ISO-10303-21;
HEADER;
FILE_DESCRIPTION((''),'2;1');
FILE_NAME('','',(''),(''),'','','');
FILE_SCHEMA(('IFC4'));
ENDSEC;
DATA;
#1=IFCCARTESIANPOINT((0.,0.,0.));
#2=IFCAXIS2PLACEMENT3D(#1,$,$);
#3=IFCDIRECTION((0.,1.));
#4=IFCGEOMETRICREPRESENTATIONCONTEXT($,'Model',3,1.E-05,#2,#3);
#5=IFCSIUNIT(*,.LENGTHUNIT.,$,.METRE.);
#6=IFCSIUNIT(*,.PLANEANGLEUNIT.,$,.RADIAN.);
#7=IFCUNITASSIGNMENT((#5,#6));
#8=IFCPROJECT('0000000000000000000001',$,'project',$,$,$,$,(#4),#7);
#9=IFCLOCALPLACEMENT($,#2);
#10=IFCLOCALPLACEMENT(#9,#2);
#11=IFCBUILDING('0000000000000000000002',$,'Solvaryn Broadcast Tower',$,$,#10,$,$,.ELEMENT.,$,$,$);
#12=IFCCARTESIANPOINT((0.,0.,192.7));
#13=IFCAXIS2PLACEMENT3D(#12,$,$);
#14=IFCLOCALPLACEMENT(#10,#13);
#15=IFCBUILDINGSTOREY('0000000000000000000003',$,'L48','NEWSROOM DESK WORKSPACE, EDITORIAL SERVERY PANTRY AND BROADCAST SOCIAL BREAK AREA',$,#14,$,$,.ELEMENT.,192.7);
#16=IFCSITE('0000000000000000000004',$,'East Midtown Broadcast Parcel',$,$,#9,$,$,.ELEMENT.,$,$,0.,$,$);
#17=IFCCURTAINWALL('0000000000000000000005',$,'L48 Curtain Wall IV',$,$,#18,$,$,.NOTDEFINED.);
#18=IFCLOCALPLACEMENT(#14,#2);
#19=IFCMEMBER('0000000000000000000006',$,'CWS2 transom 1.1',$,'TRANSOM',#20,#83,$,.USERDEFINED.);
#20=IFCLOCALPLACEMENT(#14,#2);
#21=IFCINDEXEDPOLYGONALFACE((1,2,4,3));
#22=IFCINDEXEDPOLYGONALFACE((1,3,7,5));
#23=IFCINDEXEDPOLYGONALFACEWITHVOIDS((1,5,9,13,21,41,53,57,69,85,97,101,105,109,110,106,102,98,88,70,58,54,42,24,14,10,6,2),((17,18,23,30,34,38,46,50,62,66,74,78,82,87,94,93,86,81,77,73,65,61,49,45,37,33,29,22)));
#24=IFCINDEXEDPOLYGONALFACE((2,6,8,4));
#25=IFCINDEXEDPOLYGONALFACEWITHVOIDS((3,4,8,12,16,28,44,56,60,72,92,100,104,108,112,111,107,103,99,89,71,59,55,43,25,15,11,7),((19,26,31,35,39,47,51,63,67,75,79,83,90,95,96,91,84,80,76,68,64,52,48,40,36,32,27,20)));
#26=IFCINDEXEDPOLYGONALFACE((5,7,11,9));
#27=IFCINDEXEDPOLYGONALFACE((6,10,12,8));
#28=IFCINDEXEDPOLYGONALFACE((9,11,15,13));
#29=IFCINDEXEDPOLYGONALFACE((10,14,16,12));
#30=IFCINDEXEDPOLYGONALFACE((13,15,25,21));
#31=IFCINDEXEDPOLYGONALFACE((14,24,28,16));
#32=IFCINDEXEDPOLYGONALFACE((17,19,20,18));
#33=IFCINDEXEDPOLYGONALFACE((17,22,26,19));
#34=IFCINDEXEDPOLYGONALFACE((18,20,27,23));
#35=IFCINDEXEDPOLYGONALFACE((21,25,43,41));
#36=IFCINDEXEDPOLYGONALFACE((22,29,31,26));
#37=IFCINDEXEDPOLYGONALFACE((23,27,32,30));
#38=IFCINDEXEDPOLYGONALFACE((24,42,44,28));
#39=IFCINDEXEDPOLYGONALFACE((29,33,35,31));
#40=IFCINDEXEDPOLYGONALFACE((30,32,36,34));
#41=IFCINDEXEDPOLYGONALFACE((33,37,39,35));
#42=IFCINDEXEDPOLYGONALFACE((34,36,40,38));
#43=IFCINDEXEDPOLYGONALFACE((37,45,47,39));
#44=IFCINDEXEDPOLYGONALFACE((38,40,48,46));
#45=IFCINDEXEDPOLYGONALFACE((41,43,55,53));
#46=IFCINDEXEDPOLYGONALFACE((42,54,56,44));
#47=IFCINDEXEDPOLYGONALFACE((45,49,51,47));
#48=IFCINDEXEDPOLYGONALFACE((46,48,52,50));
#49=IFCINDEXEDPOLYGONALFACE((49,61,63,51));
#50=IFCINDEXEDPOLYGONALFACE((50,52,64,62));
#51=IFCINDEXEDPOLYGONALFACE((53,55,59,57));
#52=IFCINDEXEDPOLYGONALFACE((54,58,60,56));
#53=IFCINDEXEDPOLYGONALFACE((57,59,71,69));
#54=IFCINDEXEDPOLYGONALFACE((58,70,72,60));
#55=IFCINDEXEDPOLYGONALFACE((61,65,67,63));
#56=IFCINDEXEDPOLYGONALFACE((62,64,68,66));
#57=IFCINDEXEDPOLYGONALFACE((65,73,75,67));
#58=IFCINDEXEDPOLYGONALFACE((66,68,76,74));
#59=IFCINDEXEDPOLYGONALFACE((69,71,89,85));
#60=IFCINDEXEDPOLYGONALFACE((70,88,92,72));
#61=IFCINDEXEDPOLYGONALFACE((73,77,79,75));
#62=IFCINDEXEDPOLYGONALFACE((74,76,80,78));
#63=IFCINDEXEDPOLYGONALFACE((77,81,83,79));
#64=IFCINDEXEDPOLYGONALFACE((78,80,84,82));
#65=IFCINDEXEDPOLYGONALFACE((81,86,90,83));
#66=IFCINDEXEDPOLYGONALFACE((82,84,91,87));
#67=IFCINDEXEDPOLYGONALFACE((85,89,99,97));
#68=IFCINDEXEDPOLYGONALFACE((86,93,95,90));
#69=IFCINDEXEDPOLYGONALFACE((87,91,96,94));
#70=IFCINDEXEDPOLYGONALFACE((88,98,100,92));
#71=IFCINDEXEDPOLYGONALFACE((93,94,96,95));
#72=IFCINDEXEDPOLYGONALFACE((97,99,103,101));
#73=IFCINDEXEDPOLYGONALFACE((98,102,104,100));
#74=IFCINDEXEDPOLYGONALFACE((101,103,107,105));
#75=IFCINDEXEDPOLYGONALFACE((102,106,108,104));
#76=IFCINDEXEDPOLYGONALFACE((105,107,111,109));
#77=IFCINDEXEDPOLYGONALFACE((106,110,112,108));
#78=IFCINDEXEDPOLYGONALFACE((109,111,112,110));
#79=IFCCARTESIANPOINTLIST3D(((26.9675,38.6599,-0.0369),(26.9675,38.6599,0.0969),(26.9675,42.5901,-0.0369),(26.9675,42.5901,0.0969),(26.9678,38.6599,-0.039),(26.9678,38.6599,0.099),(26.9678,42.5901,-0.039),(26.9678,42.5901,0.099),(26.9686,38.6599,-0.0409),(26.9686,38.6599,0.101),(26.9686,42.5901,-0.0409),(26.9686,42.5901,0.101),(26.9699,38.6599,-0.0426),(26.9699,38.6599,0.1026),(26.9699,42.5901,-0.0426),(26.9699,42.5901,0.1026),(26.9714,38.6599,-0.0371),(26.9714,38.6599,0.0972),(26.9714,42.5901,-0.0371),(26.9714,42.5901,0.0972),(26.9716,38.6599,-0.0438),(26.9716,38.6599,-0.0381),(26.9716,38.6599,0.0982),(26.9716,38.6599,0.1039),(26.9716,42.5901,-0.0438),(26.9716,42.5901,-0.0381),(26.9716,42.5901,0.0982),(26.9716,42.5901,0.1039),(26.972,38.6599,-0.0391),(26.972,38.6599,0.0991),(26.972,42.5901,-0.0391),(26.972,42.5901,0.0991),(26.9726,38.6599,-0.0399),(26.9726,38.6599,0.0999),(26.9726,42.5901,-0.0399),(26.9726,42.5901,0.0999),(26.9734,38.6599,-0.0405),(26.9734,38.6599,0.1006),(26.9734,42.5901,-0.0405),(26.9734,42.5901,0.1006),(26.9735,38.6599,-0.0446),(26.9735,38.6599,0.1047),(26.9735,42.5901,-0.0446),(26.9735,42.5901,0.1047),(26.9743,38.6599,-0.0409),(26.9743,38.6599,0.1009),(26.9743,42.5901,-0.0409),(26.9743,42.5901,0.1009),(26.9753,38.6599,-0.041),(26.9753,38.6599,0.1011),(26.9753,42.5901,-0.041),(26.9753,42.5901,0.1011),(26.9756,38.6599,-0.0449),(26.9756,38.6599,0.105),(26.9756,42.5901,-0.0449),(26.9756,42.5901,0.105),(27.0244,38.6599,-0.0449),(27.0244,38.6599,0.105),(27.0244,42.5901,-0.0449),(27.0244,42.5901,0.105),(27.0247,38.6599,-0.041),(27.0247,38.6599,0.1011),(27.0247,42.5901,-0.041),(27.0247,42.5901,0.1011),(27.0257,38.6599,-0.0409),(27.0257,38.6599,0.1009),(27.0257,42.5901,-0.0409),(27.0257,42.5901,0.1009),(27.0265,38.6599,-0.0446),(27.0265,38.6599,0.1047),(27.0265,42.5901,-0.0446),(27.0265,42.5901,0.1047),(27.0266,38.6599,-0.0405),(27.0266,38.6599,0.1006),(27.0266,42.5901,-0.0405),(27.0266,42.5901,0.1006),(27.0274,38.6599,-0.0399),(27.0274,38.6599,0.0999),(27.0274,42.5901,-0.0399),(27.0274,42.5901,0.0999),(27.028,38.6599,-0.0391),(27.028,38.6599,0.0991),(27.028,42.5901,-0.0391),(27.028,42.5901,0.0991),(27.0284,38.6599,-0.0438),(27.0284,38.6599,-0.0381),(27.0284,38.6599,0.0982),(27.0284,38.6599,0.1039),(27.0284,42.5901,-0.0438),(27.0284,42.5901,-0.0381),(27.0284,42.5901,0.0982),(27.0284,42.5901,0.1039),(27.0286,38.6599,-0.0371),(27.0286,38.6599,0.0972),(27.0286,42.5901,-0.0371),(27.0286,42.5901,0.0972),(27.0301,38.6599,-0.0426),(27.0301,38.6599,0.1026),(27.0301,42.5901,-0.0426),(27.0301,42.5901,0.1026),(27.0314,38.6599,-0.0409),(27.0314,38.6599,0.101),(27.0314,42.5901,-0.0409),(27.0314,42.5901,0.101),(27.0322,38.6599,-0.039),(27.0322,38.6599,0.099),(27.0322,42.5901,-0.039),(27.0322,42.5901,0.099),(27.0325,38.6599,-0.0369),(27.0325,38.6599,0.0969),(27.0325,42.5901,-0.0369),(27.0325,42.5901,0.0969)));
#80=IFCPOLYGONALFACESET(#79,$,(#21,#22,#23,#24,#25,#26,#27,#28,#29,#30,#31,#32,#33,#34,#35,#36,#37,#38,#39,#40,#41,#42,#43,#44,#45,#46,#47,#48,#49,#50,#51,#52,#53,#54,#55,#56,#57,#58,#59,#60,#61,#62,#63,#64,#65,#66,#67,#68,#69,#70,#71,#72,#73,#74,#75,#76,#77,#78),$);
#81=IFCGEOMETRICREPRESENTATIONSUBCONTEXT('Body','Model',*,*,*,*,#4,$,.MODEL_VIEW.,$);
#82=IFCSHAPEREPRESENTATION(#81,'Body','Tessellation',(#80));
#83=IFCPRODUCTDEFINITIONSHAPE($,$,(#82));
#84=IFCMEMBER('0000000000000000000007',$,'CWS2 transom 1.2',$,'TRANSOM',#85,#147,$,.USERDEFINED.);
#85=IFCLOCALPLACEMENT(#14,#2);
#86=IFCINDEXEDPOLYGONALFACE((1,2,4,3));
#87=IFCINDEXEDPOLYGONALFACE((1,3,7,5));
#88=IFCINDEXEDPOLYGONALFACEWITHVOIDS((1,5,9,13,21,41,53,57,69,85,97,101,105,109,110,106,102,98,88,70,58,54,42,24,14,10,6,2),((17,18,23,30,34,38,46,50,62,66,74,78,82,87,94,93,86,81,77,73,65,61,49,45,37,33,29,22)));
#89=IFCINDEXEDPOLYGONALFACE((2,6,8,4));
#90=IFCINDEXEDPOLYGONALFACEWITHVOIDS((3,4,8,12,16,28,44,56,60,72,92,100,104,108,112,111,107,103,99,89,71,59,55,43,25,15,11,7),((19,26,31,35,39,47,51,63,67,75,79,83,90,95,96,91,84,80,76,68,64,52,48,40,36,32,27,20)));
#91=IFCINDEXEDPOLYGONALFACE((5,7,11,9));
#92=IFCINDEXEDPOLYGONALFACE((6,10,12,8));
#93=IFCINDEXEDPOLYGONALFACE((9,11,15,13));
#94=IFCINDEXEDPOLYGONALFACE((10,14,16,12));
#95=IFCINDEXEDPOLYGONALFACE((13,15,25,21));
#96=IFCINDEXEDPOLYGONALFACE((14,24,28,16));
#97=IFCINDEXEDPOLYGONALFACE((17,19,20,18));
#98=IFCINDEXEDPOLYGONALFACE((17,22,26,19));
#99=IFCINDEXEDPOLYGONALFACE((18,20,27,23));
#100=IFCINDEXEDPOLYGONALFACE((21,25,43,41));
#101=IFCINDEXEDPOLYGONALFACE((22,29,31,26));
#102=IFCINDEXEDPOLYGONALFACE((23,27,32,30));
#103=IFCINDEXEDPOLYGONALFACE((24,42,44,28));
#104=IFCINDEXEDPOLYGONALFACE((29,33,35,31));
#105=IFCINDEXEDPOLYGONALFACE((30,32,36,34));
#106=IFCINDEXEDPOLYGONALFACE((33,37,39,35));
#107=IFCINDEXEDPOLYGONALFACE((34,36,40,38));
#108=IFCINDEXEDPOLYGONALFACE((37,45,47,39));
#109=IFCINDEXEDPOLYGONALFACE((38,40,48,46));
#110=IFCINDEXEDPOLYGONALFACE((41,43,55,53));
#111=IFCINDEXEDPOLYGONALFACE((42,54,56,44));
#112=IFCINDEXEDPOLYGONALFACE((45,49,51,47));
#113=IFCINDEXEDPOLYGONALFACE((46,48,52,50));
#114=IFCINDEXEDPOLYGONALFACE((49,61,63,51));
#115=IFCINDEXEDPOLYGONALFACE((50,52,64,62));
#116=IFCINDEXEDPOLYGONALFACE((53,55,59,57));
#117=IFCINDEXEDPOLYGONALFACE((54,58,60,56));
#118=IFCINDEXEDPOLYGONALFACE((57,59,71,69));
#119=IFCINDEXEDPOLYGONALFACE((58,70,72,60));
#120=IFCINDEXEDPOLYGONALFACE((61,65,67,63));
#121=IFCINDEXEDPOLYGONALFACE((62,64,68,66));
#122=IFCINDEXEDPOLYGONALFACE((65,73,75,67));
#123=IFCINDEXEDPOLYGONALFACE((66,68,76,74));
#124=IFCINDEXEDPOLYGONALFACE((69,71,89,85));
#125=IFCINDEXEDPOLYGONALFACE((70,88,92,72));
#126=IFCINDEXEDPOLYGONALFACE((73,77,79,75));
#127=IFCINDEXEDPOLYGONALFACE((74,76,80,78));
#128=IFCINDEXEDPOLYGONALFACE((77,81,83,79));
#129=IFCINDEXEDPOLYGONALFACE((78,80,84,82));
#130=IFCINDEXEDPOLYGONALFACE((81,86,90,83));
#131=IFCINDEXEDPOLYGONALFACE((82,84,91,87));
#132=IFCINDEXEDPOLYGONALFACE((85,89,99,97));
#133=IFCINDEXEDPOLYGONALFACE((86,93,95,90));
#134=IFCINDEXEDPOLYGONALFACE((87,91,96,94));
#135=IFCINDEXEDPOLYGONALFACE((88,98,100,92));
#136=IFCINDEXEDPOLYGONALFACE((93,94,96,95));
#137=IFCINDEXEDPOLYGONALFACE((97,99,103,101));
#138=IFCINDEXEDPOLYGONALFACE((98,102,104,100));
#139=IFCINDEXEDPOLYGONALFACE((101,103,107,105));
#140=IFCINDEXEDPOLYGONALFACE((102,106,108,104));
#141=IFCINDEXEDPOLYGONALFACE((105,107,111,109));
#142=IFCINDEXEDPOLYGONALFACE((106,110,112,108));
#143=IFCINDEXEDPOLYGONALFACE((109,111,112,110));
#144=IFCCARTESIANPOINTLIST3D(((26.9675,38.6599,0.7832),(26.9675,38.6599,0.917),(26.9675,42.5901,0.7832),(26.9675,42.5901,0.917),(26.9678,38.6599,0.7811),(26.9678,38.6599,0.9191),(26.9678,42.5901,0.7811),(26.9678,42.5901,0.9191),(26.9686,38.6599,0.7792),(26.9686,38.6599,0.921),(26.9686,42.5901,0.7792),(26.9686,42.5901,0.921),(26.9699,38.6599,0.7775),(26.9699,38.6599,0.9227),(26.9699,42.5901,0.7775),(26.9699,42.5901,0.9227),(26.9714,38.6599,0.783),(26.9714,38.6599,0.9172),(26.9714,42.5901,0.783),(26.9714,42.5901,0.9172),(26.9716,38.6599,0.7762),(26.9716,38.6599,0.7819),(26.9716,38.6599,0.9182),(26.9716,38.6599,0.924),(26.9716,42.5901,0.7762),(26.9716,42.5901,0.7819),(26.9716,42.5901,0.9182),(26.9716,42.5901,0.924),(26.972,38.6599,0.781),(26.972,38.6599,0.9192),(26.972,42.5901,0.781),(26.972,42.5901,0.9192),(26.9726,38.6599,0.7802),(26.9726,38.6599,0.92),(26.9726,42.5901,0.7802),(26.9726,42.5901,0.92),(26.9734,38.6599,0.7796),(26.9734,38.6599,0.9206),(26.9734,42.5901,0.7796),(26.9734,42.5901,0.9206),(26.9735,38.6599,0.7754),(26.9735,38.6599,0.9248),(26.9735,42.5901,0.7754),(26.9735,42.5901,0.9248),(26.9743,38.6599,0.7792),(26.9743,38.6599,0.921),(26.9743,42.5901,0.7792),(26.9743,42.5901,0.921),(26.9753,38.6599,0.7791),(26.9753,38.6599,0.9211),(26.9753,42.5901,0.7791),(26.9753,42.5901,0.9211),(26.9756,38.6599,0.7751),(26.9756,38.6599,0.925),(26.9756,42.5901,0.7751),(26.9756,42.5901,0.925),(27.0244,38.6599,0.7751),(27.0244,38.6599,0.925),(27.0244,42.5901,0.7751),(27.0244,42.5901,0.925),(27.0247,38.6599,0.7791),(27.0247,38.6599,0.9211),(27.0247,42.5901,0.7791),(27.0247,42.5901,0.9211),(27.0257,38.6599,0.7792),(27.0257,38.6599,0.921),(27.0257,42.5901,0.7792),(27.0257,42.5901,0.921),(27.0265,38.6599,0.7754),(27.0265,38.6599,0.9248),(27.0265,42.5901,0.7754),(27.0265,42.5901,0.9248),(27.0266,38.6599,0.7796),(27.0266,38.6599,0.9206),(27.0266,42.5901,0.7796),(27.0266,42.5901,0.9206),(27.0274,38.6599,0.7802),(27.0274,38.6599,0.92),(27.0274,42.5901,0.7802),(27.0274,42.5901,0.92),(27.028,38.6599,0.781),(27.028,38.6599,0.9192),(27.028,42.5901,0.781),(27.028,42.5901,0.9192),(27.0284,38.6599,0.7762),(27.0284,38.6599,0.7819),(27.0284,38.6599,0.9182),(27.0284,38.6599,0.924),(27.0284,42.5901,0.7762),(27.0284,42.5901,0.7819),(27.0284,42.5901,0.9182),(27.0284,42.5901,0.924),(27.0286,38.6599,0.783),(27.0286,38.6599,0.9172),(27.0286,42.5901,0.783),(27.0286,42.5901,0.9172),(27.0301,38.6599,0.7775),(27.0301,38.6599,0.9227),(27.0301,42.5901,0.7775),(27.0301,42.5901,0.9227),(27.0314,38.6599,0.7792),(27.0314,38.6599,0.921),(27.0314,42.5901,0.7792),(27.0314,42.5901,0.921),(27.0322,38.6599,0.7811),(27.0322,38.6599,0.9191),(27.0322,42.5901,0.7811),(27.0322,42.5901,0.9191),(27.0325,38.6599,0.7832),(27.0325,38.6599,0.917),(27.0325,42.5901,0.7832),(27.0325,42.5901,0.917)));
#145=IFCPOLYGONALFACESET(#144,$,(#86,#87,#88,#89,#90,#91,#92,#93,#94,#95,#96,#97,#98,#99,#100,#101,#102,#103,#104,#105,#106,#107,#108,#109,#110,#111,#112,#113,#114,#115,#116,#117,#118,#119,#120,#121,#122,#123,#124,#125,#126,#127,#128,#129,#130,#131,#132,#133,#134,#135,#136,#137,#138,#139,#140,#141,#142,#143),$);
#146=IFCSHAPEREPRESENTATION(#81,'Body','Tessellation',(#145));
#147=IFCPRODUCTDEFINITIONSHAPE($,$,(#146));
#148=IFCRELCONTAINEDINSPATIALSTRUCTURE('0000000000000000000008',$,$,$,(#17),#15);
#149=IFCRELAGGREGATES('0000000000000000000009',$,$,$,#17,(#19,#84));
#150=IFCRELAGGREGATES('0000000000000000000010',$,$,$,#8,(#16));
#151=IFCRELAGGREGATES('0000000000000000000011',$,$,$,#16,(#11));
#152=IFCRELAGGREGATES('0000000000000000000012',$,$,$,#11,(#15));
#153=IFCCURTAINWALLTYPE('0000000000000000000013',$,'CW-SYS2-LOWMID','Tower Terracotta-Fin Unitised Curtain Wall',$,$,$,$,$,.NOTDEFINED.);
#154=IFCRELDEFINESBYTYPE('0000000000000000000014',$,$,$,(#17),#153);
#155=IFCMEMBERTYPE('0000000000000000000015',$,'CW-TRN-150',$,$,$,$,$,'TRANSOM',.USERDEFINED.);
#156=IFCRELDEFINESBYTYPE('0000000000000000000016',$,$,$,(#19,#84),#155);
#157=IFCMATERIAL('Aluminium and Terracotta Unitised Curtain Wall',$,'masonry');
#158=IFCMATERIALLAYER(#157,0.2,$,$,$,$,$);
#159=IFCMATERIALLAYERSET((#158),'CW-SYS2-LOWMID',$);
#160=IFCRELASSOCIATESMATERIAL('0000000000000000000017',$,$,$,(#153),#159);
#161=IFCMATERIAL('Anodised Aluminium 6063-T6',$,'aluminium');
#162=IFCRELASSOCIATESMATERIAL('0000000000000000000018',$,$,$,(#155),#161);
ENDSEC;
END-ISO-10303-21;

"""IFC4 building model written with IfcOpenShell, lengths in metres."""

from ifc_helpers import new_model, si_unit, direction, frame, origin, origin_2d, place, context, subcontext, project, spatial, hollow_rectangle, extrude, material, layer, layer_set, material_profile, profile_set, type_object, element, aggregate, save


model = new_model("IFC4")

# Units and contexts
model_context = context("Model", 3, precision=1e-05, world=origin(), true_north=direction((0.0, 1.0)))
body_context = subcontext(model_context, "Body", "Model", "MODEL_VIEW")
ifc_project = project(units=[si_unit("LENGTHUNIT", "METRE"), si_unit("PLANEANGLEUNIT", "RADIAN")], contexts=[model_context])

# Site, building, storey
site_placement = place(None, origin())
site = spatial("IfcSite", under=ifc_project, at=site_placement, Name="East Midtown Broadcast Parcel", CompositionType="ELEMENT", RefElevation=0.0)
building_placement = place(site_placement, origin())
building = spatial("IfcBuilding", under=site, at=building_placement, Name="Solvaryn Broadcast Tower", CompositionType="ELEMENT")
storey_placement = place(building_placement, frame((0.0, 0.0, 192.7)))
storey = spatial("IfcBuildingStorey", under=building, at=storey_placement, Name="L48", Description="NEWSROOM DESK WORKSPACE, EDITORIAL SERVERY PANTRY AND BROADCAST SOCIAL BREAK AREA", CompositionType="ELEMENT", Elevation=192.7)

# Curtain wall
ifc_material_1 = material(Name="Aluminium and Terracotta Unitised Curtain Wall", Category="masonry")
ifc_layer_1 = layer(ifc_material_1, 0.2)
ifc_layer_set_1 = layer_set([ifc_layer_1], Name="CW-SYS2-LOWMID")
curtain_wall_type = type_object("IfcCurtainWallType", Name="CW-SYS2-LOWMID", Description="Tower Terracotta-Fin Unitised Curtain Wall", PredefinedType="NOTDEFINED", material=ifc_layer_set_1)
curtain_wall_1_placement = place(storey_placement, origin())
curtain_wall_1 = element("IfcCurtainWall", 1, at=curtain_wall_1_placement, inside=storey, type_object=curtain_wall_type, Name="L48 Curtain Wall IV", PredefinedType="NOTDEFINED")

# Members
ifc_material_2 = material(Name="Anodised Aluminium 6063-T6", Category="aluminium")
ifc_material_profile_1 = material_profile(ifc_material_2, hollow_rectangle(XDim=0.0649, YDim=0.1499, WallThickness=0.0039, InnerFilletRadius=0.0039, OuterFilletRadius=0.0081, at=origin_2d()))
ifc_profile_set_1 = profile_set([ifc_material_profile_1], Name="Anodised Aluminium 6063-T6")
member_type_1 = type_object("IfcMemberType", Name="CW-TRN-150", ElementType="TRANSOM", PredefinedType="USERDEFINED", material=ifc_profile_set_1)
member_1_placement = place(storey_placement, frame((27.0, 42.5901, 0.03), z_axis=(0.0, -1.0, 0.0), x_axis=(1.0, 0.0, 0.0)))
member_1 = element("IfcMember", 2, at=member_1_placement, type_object=member_type_1, Name="CWS2 transom 1.1", ObjectType="TRANSOM", PredefinedType="USERDEFINED", context=body_context, shape_type="SweptSolid", body=[
    extrude(hollow_rectangle(XDim=0.0649, YDim=0.1499, WallThickness=0.0039, InnerFilletRadius=0.0039, OuterFilletRadius=0.0081, at=origin_2d()), origin(), (0.0, 0.0, 1.0), 3.9302),
])
member_2_placement = place(storey_placement, frame((27.0, 42.5901, 0.8501), z_axis=(0.0, -1.0, 0.0), x_axis=(1.0, 0.0, 0.0)))
member_2 = element("IfcMember", 3, at=member_2_placement, type_object=member_type_1, Name="CWS2 transom 1.2", ObjectType="TRANSOM", PredefinedType="USERDEFINED", context=body_context, shape_type="SweptSolid", body=[
    extrude(hollow_rectangle(XDim=0.0649, YDim=0.1499, WallThickness=0.0039, InnerFilletRadius=0.0039, OuterFilletRadius=0.0081, at=origin_2d()), origin(), (0.0, 0.0, 1.0), 3.9302),
])

aggregate(curtain_wall_1, [member_1, member_2])

save(model, "model.ifc")
